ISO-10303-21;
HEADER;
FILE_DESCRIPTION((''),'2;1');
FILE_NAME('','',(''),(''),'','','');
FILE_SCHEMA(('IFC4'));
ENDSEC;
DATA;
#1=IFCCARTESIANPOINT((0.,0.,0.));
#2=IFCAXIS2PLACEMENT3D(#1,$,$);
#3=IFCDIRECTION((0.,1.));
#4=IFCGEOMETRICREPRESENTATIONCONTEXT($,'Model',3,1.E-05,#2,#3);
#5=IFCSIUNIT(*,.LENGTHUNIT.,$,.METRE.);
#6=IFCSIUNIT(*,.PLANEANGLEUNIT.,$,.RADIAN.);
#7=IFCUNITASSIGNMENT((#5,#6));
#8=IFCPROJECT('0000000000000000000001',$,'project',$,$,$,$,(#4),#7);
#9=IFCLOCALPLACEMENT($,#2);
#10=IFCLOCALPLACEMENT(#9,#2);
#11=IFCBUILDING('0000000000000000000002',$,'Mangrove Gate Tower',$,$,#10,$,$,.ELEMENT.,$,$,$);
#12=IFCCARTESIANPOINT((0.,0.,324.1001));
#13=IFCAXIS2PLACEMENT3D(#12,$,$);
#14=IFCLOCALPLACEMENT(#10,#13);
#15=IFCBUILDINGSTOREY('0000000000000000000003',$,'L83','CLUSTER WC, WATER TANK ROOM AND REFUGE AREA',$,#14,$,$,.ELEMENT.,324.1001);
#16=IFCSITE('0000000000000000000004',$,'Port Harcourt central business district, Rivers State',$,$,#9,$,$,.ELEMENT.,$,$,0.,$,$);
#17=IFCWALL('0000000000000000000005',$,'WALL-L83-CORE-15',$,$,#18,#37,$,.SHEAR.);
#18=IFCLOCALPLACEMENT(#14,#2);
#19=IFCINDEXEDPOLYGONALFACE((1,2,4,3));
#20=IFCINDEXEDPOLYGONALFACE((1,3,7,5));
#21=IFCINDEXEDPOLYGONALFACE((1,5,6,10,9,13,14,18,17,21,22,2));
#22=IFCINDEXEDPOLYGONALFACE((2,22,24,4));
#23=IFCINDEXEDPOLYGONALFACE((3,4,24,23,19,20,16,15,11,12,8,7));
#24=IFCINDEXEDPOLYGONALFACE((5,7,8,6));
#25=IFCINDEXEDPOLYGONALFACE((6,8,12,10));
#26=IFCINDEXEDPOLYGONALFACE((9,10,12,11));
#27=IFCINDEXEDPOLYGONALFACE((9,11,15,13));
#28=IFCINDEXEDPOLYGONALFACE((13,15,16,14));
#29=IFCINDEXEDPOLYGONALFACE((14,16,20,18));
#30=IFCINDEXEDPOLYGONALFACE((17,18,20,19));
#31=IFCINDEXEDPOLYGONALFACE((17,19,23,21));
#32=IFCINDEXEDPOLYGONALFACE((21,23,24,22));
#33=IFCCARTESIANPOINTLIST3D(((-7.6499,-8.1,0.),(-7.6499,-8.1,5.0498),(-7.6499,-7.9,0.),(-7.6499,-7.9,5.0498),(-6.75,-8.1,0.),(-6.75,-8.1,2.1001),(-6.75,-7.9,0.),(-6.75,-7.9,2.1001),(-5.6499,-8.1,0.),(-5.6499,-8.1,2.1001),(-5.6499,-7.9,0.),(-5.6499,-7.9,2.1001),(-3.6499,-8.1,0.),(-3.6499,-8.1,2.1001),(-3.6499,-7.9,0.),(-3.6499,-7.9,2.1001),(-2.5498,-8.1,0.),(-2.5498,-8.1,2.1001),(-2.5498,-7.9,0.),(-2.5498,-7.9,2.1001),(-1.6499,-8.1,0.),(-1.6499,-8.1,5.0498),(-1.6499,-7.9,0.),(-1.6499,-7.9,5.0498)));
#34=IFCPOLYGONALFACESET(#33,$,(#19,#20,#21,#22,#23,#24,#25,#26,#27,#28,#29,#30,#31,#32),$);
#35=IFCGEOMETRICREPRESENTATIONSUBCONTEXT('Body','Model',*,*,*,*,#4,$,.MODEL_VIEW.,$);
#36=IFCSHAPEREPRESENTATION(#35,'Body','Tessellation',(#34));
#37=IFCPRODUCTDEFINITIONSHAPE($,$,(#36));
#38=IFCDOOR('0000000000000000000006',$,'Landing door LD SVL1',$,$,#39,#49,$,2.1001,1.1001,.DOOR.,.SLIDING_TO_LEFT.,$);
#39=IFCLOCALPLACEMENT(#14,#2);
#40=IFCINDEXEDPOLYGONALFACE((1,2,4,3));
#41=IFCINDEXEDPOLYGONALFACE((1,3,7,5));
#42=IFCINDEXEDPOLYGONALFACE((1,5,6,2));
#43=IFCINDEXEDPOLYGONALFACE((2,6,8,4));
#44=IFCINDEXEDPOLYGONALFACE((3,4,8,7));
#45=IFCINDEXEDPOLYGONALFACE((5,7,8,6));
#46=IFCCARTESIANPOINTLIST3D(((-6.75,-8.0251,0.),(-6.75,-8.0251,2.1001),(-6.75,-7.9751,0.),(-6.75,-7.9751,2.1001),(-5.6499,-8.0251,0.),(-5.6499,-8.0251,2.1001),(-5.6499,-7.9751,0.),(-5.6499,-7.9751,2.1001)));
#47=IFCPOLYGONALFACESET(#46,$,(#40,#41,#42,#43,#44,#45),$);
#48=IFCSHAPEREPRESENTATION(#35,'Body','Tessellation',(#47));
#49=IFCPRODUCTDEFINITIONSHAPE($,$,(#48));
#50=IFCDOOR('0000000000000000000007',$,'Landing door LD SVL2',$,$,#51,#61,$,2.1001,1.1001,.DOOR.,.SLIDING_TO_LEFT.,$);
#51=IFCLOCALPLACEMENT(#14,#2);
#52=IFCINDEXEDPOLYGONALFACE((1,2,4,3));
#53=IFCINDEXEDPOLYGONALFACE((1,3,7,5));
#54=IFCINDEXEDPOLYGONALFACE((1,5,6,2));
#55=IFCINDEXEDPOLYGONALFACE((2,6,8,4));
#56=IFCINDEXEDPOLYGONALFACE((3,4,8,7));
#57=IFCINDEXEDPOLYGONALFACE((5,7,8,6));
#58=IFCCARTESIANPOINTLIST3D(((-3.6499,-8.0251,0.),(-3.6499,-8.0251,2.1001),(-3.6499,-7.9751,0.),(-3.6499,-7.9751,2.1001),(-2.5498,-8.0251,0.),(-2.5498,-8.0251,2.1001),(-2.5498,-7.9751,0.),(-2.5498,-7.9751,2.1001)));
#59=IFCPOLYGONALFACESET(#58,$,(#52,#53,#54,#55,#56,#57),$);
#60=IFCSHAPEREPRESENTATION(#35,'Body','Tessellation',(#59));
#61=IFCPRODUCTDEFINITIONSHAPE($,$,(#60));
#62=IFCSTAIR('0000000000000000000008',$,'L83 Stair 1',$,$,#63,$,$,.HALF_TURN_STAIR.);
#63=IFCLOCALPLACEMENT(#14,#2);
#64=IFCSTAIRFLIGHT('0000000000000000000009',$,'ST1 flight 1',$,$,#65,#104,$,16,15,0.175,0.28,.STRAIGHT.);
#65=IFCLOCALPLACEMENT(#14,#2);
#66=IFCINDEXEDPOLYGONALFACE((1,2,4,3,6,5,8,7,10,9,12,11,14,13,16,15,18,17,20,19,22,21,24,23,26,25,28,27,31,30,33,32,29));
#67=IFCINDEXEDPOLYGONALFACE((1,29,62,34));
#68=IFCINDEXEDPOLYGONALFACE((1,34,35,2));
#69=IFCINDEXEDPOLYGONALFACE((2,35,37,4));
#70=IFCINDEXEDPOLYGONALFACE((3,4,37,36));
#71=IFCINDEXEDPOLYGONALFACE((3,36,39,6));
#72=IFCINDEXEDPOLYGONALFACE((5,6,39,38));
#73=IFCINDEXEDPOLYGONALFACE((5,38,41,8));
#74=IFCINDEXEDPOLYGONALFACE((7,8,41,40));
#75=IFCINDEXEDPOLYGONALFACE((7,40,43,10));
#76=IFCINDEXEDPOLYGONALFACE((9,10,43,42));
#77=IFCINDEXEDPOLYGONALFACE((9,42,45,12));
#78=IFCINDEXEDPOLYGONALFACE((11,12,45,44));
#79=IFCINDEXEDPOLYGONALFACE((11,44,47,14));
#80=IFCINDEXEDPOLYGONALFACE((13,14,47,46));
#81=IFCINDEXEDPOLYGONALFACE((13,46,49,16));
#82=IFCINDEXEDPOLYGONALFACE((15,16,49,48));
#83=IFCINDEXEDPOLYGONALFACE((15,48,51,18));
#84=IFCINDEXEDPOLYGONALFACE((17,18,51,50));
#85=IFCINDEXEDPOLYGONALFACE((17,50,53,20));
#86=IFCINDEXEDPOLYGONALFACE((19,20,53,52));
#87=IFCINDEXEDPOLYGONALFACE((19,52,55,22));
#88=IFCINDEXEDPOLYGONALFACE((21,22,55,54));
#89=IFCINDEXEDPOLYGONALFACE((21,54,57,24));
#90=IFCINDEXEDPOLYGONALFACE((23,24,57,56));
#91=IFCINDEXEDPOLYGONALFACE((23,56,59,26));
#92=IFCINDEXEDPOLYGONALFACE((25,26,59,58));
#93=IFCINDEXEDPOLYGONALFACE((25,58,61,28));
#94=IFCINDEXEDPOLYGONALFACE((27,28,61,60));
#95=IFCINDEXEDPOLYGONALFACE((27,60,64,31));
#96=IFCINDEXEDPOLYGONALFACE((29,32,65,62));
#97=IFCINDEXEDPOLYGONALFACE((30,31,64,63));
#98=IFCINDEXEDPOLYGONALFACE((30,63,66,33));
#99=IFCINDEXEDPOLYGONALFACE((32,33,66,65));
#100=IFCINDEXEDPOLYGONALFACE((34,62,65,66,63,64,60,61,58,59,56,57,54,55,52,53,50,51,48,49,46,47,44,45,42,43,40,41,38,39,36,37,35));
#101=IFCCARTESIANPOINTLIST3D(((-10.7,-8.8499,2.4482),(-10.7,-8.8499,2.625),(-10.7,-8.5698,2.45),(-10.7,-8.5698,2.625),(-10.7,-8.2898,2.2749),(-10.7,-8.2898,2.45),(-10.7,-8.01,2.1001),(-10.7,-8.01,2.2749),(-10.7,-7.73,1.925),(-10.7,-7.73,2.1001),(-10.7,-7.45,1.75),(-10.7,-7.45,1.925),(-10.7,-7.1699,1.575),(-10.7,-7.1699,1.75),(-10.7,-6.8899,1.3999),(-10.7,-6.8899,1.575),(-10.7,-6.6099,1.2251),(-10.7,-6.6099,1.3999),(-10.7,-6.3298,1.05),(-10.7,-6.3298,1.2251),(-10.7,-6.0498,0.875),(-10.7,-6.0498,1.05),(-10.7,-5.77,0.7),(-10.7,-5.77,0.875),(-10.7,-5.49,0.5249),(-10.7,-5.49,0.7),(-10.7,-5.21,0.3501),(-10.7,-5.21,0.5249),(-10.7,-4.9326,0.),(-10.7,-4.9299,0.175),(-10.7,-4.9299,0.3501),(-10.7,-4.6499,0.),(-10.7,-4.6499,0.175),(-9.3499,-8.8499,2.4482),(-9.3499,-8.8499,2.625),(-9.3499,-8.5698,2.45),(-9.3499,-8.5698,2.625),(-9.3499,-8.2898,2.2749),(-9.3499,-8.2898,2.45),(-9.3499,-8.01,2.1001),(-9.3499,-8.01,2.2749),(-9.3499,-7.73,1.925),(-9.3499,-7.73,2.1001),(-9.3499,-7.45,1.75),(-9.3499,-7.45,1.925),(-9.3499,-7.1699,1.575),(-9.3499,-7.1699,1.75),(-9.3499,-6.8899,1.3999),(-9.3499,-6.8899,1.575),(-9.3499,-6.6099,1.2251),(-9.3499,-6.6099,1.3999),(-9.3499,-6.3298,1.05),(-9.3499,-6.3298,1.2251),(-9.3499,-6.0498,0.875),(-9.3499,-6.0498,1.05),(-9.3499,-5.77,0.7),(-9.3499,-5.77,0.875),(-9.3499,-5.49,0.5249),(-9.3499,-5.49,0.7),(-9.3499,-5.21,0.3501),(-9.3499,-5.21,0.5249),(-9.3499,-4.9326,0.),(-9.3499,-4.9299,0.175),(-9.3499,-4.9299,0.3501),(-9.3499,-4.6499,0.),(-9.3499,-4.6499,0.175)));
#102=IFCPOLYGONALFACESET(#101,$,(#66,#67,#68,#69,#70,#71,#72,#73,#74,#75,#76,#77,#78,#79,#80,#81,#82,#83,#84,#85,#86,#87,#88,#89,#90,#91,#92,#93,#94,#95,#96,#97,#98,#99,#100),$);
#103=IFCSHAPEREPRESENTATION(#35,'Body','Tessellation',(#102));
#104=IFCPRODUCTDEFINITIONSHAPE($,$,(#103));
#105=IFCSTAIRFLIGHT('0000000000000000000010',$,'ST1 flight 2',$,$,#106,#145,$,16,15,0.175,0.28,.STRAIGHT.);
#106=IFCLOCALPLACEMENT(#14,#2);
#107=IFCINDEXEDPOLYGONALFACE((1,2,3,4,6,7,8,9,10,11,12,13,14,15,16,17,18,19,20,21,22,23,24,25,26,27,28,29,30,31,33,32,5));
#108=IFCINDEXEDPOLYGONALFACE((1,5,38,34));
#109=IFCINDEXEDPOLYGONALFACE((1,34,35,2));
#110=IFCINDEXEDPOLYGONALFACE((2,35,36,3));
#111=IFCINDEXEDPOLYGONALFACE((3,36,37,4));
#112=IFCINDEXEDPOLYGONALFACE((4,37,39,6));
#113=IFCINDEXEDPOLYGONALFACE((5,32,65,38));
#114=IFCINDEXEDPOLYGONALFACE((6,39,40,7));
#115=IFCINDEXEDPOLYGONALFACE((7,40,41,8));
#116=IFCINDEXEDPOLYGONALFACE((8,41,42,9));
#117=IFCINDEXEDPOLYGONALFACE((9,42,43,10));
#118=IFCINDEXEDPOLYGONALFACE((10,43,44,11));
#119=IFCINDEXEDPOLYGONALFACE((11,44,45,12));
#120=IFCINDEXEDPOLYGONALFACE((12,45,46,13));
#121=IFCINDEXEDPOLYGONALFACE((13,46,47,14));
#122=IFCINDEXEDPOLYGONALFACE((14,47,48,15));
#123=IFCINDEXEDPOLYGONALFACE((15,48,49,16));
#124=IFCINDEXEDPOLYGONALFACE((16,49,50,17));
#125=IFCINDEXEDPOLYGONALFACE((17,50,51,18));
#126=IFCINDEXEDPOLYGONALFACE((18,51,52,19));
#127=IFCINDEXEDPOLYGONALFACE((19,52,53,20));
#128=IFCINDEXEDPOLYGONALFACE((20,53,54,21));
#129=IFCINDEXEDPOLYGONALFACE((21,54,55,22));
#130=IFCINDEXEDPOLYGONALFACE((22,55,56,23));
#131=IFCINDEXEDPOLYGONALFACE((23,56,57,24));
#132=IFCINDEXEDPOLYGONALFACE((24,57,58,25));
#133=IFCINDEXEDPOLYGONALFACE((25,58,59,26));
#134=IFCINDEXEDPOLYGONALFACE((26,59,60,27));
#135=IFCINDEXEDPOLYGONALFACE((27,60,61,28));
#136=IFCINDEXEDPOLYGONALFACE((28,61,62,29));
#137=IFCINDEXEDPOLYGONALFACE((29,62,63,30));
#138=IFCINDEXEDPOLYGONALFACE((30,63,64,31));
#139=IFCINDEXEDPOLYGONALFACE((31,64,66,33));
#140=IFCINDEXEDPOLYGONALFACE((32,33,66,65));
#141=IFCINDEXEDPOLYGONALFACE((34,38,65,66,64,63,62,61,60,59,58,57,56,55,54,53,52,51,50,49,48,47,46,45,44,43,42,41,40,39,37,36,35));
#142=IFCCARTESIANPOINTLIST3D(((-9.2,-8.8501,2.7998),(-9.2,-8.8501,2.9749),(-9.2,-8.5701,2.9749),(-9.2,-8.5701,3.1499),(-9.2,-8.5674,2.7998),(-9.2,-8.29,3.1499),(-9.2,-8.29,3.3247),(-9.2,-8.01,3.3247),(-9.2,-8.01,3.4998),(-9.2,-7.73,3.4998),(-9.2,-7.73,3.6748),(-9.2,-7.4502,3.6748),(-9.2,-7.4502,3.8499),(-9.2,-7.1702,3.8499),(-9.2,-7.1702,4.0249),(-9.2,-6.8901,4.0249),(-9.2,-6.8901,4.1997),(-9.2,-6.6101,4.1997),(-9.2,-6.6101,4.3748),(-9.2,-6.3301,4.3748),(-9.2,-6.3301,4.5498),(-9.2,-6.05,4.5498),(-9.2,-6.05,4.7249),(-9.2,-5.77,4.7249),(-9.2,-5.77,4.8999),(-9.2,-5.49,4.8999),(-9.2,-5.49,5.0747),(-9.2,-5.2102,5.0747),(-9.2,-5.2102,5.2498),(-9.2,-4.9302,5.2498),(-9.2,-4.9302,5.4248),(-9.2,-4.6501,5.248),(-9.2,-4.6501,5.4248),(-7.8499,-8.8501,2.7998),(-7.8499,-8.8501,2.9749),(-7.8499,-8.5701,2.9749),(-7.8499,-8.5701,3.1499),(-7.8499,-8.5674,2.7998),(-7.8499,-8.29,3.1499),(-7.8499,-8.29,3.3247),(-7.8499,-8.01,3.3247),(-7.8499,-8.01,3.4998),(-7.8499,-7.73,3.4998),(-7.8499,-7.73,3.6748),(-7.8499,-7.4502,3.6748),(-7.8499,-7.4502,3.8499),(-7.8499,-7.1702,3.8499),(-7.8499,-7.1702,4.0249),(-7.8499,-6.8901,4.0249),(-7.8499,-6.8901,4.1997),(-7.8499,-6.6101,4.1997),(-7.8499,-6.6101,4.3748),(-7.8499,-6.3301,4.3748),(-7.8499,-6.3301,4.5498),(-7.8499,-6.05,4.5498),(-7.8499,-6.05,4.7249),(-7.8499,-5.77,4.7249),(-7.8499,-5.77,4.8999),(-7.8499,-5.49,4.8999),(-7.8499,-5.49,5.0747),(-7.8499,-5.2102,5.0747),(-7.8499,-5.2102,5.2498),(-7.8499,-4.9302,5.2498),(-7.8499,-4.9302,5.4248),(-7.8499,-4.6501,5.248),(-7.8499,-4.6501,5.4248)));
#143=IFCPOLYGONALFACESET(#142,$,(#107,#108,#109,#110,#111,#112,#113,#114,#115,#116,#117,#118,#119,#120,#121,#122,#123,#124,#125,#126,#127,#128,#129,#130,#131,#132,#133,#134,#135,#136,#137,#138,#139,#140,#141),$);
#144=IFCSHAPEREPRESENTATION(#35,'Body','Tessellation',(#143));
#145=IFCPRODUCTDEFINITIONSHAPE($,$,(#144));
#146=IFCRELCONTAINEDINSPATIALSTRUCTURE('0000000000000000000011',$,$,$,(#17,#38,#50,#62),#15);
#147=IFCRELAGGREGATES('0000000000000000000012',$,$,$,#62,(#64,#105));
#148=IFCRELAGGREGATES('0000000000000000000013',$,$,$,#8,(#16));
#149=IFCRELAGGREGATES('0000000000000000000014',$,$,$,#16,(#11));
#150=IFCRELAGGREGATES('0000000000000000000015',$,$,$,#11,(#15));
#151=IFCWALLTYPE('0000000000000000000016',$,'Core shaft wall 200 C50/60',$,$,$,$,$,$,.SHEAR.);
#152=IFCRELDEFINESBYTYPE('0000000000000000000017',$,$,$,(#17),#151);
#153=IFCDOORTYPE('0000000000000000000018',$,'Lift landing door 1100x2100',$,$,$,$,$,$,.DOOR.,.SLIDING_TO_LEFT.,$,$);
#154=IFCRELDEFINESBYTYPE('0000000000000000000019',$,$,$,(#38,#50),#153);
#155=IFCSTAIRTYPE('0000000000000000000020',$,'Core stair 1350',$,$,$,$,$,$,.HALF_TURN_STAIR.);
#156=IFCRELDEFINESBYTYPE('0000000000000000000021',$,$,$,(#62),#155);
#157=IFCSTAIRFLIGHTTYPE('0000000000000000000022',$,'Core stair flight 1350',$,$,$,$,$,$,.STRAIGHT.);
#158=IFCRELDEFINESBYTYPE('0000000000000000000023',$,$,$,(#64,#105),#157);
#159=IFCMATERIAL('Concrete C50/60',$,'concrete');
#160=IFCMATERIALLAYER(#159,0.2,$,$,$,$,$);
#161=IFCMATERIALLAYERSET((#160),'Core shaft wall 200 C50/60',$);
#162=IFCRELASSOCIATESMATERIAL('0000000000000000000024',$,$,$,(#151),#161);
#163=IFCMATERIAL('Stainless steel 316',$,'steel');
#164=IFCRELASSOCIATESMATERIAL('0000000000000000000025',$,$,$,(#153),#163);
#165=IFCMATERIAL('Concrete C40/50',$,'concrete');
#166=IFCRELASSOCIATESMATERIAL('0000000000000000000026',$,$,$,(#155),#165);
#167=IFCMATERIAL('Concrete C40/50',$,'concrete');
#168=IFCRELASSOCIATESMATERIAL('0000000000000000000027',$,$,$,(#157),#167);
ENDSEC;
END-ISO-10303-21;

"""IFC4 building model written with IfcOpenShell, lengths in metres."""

from ifc_helpers import new_model, si_unit, direction, frame, frame_2d, origin, place, context, subcontext, project, spatial, polyline, rectangle, outline, extrude, material, layer, layer_set, type_object, element, fill, aggregate, save


model = new_model("IFC4")

# Units and contexts
model_context = context("Model", 3, precision=1e-05, world=origin(), true_north=direction((0.0, 1.0)))
body_context = subcontext(model_context, "Body", "Model", "MODEL_VIEW")
ifc_project = project(units=[si_unit("LENGTHUNIT", "METRE"), si_unit("PLANEANGLEUNIT", "RADIAN")], contexts=[model_context])

# Site, building, storey
site_placement = place(None, origin())
site = spatial("IfcSite", under=ifc_project, at=site_placement, Name="Port Harcourt central business district, Rivers State", CompositionType="ELEMENT", RefElevation=0.0)
building_placement = place(site_placement, origin())
building = spatial("IfcBuilding", under=site, at=building_placement, Name="Mangrove Gate Tower", CompositionType="ELEMENT")
storey_placement = place(building_placement, frame((0.0, 0.0, 324.1001)))
storey = spatial("IfcBuildingStorey", under=building, at=storey_placement, Name="L83", Description="CLUSTER WC, WATER TANK ROOM AND REFUGE AREA", CompositionType="ELEMENT", Elevation=324.1001)

# Wall, openings, doors
ifc_material_1 = material(Name="Concrete C50/60", Category="concrete")
ifc_layer = layer(ifc_material_1, 0.2)
ifc_layer_set = layer_set([ifc_layer], Name="Core shaft wall 200 C50/60")
wall_type = type_object("IfcWallType", Name="Core shaft wall 200 C50/60", PredefinedType="SHEAR", material=ifc_layer_set)
wall_placement = place(storey_placement, frame((-7.6499, -8.0, 0.0), z_axis=(0.0, 0.0, 1.0), x_axis=(1.0, 0.0, 0.0)))
wall = element("IfcWall", 1, at=wall_placement, inside=storey, type_object=wall_type, Name="WALL-L83-CORE-15", PredefinedType="SHEAR", context=body_context, shape_type="SweptSolid", body=[
    extrude(rectangle(XDim=6.0, YDim=0.2, at=frame_2d((3.0, 0.0))), origin(), (0.0, 0.0, 1.0), 5.0498),
])
opening_1_placement = place(wall_placement, frame((0.8999, 0.0, 0.0)))
opening_1 = element("IfcOpeningElement", 2, at=opening_1_placement, cuts=wall, PredefinedType="OPENING", context=body_context, shape_type="SweptSolid", body=[
    extrude(rectangle(XDim=1.1001, YDim=2.1001, at=frame_2d((0.55, 1.05))), frame((0.0, 0.1099, 0.0), z_axis=(0.0, -1.0, 0.0), x_axis=(1.0, 0.0, 0.0)), (0.0, 0.0, 1.0), 0.22),
])
opening_2_placement = place(wall_placement, frame((4.0, 0.0, 0.0)))
opening_2 = element("IfcOpeningElement", 3, at=opening_2_placement, cuts=wall, PredefinedType="OPENING", context=body_context, shape_type="SweptSolid", body=[
    extrude(rectangle(XDim=1.1001, YDim=2.1001, at=frame_2d((0.55, 1.05))), frame((0.0, 0.1099, 0.0), z_axis=(0.0, -1.0, 0.0), x_axis=(1.0, 0.0, 0.0)), (0.0, 0.0, 1.0), 0.22),
])
ifc_material_2 = material(Name="Stainless steel 316", Category="steel")
door_type = type_object("IfcDoorType", Name="Lift landing door 1100x2100", OperationType="SLIDING_TO_LEFT", PredefinedType="DOOR", material=ifc_material_2)
door_1_placement = place(opening_1_placement, origin())
door_1 = element("IfcDoor", 4, at=door_1_placement, inside=storey, type_object=door_type, Name="Landing door LD SVL1", OperationType="SLIDING_TO_LEFT", OverallHeight=2.1001, OverallWidth=1.1001, PredefinedType="DOOR", context=body_context, shape_type="SweptSolid", body=[
    extrude(rectangle(XDim=1.1001, YDim=2.1001, at=frame_2d((0.55, 1.05))), frame((0.0, 0.0249, 0.0), z_axis=(0.0, -1.0, 0.0), x_axis=(1.0, 0.0, 0.0)), (0.0, 0.0, 1.0), 0.05),
])
fill(opening_1, door_1)
door_2_placement = place(opening_2_placement, origin())
door_2 = element("IfcDoor", 5, at=door_2_placement, inside=storey, type_object=door_type, Name="Landing door LD SVL2", OperationType="SLIDING_TO_LEFT", OverallHeight=2.1001, OverallWidth=1.1001, PredefinedType="DOOR", context=body_context, shape_type="SweptSolid", body=[
    extrude(rectangle(XDim=1.1001, YDim=2.1001, at=frame_2d((0.55, 1.05))), frame((0.0, 0.0249, 0.0), z_axis=(0.0, -1.0, 0.0), x_axis=(1.0, 0.0, 0.0)), (0.0, 0.0, 1.0), 0.05),
])
fill(opening_2, door_2)

# Stair, stair flights
ifc_material_3 = material(Name="Concrete C40/50", Category="concrete")
stair_type = type_object("IfcStairType", Name="Core stair 1350", PredefinedType="HALF_TURN_STAIR", material=ifc_material_3)
stair_placement = place(storey_placement, origin())
stair = element("IfcStair", 6, at=stair_placement, inside=storey, type_object=stair_type, Name="L83 Stair 1", PredefinedType="HALF_TURN_STAIR")
ifc_material_4 = material(Name="Concrete C40/50", Category="concrete")
stair_flight_type = type_object("IfcStairFlightType", Name="Core stair flight 1350", PredefinedType="STRAIGHT", material=ifc_material_4)
stair_flight_1_placement = place(storey_placement, frame((-10.0249, -4.6499, 0.0), z_axis=(0.0, 0.0, 1.0), x_axis=(0.0, -1.0, 0.0)))
stair_flight_1 = element("IfcStairFlight", 7, at=stair_flight_1_placement, type_object=stair_flight_type, Name="ST1 flight 1", NumberOfRisers=16, NumberOfTreads=15, PredefinedType="STRAIGHT", RiserHeight=0.175, TreadLength=0.28, context=body_context, shape_type="SweptSolid", body=[
    extrude(outline(polyline([(0.0, 0.0), (0.0, 0.175), (0.28, 0.175), (0.28, 0.3501), (0.5601, 0.3501), (0.5601, 0.5249), (0.8401, 0.5249), (0.8401, 0.7), (1.1201, 0.7), (1.1201, 0.875), (1.3999, 0.875), (1.3999, 1.05), (1.6799, 1.05), (1.6799, 1.2251), (1.96, 1.2251), (1.96, 1.3999), (2.24, 1.3999), (2.24, 1.575), (2.52, 1.575), (2.52, 1.75), (2.8, 1.75), (2.8, 1.925), (3.0801, 1.925), (3.0801, 2.1001), (3.3601, 2.1001), (3.3601, 2.2749), (3.6399, 2.2749), (3.6399, 2.45), (3.9199, 2.45), (3.9199, 2.625), (4.2, 2.625), (4.2, 2.8), (4.2, 2.4482), (0.2827, 0.0), (0.0, 0.0)])), frame((0.0, 0.675, 0.0), z_axis=(0.0, -1.0, 0.0), x_axis=(1.0, 0.0, 0.0)), (0.0, 0.0, 1.0), 1.3501),
])
stair_flight_2_placement = place(storey_placement, frame((-8.5249, -8.8501, 2.7998), z_axis=(0.0, 0.0, 1.0), x_axis=(0.0, 1.0, 0.0)))
stair_flight_2 = element("IfcStairFlight", 8, at=stair_flight_2_placement, type_object=stair_flight_type, Name="ST1 flight 2", NumberOfRisers=16, NumberOfTreads=15, PredefinedType="STRAIGHT", RiserHeight=0.175, TreadLength=0.28, context=body_context, shape_type="SweptSolid", body=[
    extrude(outline(polyline([(0.0, 0.0), (0.0, 0.175), (0.28, 0.175), (0.28, 0.3501), (0.5601, 0.3501), (0.5601, 0.5249), (0.8401, 0.5249), (0.8401, 0.7), (1.1201, 0.7), (1.1201, 0.875), (1.3999, 0.875), (1.3999, 1.05), (1.6799, 1.05), (1.6799, 1.2251), (1.96, 1.2251), (1.96, 1.3999), (2.24, 1.3999), (2.24, 1.575), (2.52, 1.575), (2.52, 1.75), (2.8, 1.75), (2.8, 1.925), (3.0801, 1.925), (3.0801, 2.1001), (3.3601, 2.1001), (3.3601, 2.2749), (3.6399, 2.2749), (3.6399, 2.45), (3.9199, 2.45), (3.9199, 2.625), (4.2, 2.625), (4.2, 2.8), (4.2, 2.4482), (0.2827, 0.0), (0.0, 0.0)])), frame((0.0, 0.675, 0.0), z_axis=(0.0, -1.0, 0.0), x_axis=(1.0, 0.0, 0.0)), (0.0, 0.0, 1.0), 1.3501),
])
aggregate(stair, [stair_flight_1, stair_flight_2])

save(model, "model.ifc")
